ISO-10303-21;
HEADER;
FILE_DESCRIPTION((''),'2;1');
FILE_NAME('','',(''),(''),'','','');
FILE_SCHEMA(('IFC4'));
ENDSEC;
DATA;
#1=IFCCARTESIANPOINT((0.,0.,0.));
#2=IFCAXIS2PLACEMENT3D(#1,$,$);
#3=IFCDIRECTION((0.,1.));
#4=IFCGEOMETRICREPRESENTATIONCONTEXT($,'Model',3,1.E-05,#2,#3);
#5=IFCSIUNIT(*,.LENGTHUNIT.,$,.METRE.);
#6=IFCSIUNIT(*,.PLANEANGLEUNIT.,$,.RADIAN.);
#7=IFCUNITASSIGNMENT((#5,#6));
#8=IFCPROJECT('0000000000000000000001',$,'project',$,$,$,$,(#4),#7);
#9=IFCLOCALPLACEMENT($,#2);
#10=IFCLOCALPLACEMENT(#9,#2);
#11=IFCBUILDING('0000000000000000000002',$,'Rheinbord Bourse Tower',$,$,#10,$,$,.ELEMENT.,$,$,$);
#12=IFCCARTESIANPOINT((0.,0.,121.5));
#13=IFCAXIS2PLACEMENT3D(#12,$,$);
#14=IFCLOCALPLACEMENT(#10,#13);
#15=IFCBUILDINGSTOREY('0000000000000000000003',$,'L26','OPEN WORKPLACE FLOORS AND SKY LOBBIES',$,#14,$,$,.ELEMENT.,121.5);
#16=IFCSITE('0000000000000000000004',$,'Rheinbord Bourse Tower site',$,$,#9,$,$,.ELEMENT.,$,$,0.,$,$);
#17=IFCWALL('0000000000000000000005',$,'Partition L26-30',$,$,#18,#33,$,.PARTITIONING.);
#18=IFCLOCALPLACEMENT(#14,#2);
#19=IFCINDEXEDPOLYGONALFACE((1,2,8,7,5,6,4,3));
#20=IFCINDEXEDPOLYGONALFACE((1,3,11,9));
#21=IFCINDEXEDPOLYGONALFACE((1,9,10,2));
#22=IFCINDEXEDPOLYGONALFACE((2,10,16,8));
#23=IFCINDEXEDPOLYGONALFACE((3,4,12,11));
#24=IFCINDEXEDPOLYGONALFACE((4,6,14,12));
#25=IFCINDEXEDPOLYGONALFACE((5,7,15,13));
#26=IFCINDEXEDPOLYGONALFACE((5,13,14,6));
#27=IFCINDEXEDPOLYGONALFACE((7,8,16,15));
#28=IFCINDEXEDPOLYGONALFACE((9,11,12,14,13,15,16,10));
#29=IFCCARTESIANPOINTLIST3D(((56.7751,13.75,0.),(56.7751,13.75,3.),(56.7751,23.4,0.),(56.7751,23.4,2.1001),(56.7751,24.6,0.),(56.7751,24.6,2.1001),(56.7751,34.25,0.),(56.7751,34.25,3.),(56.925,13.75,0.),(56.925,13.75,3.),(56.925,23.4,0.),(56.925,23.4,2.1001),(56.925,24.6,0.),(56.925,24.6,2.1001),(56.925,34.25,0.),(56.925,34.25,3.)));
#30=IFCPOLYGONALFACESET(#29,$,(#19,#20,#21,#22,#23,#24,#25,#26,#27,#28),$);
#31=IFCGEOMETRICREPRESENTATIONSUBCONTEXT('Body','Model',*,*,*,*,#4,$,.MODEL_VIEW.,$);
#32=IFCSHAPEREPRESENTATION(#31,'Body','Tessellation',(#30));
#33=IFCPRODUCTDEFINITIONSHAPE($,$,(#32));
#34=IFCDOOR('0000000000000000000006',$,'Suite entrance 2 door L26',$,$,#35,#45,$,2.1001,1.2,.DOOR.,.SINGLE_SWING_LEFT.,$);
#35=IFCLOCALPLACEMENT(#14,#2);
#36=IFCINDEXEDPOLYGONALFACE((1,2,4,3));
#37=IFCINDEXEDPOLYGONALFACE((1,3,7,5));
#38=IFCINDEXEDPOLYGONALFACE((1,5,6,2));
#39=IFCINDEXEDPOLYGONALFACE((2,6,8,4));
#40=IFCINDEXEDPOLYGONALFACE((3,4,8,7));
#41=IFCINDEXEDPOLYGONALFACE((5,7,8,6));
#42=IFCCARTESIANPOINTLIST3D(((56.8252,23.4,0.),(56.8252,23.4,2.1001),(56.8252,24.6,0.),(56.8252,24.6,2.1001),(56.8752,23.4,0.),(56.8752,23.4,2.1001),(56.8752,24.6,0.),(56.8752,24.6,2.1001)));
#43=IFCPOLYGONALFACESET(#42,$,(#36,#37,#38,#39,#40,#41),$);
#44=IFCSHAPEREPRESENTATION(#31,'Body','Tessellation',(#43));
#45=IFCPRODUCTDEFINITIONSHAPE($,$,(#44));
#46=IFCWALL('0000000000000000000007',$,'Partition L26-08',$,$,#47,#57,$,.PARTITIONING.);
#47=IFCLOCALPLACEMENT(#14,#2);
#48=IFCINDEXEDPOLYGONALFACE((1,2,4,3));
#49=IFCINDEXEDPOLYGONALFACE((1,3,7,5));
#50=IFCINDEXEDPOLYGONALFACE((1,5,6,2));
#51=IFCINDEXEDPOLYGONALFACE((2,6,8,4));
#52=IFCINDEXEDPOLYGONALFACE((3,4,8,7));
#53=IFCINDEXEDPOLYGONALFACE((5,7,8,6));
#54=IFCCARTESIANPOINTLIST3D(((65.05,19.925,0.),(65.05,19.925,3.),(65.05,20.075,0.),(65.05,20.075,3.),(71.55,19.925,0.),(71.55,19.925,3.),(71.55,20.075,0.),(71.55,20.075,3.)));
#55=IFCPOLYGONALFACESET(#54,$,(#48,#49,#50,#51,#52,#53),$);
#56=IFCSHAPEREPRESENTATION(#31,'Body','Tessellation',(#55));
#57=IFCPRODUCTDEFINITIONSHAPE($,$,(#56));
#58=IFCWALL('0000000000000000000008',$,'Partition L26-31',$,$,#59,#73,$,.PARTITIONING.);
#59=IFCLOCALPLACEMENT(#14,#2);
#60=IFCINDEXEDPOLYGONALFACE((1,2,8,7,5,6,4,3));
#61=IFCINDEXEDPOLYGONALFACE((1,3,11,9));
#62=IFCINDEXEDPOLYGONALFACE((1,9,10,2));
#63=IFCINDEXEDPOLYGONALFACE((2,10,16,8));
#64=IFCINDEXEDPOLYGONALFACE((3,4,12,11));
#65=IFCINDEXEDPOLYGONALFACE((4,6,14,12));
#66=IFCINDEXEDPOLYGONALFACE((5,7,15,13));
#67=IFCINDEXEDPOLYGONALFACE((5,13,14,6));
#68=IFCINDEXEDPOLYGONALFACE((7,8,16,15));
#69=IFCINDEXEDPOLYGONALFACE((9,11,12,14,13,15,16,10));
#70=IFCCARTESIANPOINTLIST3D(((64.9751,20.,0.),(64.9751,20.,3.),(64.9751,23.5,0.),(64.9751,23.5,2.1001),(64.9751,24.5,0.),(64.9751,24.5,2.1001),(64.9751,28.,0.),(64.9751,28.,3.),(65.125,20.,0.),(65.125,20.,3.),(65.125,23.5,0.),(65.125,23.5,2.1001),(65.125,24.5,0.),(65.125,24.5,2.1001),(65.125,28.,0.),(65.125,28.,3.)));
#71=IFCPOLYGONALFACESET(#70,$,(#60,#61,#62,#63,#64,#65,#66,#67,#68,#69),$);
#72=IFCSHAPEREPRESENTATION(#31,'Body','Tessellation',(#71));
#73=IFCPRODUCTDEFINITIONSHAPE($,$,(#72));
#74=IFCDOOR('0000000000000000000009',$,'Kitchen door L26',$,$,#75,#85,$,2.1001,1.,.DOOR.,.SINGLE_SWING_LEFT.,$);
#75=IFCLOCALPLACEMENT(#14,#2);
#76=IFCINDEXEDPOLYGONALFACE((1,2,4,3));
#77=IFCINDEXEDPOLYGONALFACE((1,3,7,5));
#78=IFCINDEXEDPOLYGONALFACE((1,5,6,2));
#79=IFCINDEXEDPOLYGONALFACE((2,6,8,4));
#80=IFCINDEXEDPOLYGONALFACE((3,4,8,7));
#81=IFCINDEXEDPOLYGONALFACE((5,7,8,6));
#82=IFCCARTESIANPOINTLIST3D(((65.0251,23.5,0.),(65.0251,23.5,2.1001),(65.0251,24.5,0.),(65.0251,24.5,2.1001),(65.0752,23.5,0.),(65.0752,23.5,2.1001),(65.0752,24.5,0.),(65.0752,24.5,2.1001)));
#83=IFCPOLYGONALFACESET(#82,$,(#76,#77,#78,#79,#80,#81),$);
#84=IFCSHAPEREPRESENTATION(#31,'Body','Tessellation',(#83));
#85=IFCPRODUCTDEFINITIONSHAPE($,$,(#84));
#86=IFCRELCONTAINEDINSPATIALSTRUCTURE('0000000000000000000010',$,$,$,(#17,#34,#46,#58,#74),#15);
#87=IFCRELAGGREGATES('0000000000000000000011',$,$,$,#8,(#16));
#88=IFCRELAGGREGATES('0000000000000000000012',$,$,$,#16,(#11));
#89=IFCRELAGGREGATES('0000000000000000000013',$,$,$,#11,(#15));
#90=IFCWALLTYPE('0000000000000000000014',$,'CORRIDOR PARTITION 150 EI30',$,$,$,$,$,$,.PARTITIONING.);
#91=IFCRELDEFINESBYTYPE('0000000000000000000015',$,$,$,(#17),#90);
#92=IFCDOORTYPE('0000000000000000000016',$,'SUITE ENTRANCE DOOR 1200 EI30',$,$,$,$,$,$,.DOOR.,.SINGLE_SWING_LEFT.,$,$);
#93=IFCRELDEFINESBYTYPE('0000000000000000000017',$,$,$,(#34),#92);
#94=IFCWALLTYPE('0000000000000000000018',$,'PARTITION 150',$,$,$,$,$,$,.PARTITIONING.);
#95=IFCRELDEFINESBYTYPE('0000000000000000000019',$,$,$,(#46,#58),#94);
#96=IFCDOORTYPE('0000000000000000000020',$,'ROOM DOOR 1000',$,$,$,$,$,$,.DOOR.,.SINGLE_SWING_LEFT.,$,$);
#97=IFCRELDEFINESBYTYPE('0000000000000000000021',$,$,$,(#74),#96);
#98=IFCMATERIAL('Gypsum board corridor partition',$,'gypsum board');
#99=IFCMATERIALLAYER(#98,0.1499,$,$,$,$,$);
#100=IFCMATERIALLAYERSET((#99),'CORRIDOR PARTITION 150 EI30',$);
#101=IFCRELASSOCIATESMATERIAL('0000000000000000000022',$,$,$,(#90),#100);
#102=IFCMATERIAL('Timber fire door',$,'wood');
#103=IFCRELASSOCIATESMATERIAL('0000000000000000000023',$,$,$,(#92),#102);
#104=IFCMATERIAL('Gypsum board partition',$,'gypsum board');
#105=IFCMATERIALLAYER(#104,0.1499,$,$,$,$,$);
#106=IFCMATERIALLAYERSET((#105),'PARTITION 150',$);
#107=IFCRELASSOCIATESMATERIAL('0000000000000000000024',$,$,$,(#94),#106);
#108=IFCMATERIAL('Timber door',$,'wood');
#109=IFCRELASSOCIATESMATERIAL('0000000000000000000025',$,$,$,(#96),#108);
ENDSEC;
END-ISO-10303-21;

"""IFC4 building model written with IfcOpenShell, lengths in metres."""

from ifc_helpers import new_model, si_unit, direction, frame, frame_2d, origin, place, context, subcontext, project, spatial, rectangle, extrude, material, layer, layer_set, type_object, element, fill, save


model = new_model("IFC4")

# Units and contexts
model_context = context("Model", 3, precision=1e-05, world=origin(), true_north=direction((0.0, 1.0)))
body_context = subcontext(model_context, "Body", "Model", "MODEL_VIEW")
ifc_project = project(units=[si_unit("LENGTHUNIT", "METRE"), si_unit("PLANEANGLEUNIT", "RADIAN")], contexts=[model_context])

# Site, building, storey
site_placement = place(None, origin())
site = spatial("IfcSite", under=ifc_project, at=site_placement, Name="Rheinbord Bourse Tower site", CompositionType="ELEMENT", RefElevation=0.0)
building_placement = place(site_placement, origin())
building = spatial("IfcBuilding", under=site, at=building_placement, Name="Rheinbord Bourse Tower", CompositionType="ELEMENT")
storey_placement = place(building_placement, frame((0.0, 0.0, 121.5)))
storey = spatial("IfcBuildingStorey", under=building, at=storey_placement, Name="L26", Description="OPEN WORKPLACE FLOORS AND SKY LOBBIES", CompositionType="ELEMENT", Elevation=121.5)

# Wall, opening, door
ifc_material_1 = material(Name="Gypsum board corridor partition", Category="gypsum board")
ifc_layer_1 = layer(ifc_material_1, 0.1499)
ifc_layer_set_1 = layer_set([ifc_layer_1], Name="CORRIDOR PARTITION 150 EI30")
wall_type_1 = type_object("IfcWallType", Name="CORRIDOR PARTITION 150 EI30", PredefinedType="PARTITIONING", material=ifc_layer_set_1)
wall_1_placement = place(storey_placement, frame((56.8501, 13.75, 0.0), z_axis=(0.0, 0.0, 1.0), x_axis=(0.0, 1.0, 0.0)))
wall_1 = element("IfcWall", 1, at=wall_1_placement, inside=storey, type_object=wall_type_1, Name="Partition L26-30", PredefinedType="PARTITIONING", context=body_context, shape_type="SweptSolid", body=[
    extrude(rectangle(XDim=20.5, YDim=0.1499, at=frame_2d((10.25, 0.0))), origin(), (0.0, 0.0, 1.0), 3.0),
])
opening_1_placement = place(wall_1_placement, frame((9.6499, 0.0, 0.0)))
opening_1 = element("IfcOpeningElement", 2, at=opening_1_placement, cuts=wall_1, PredefinedType="OPENING", context=body_context, shape_type="SweptSolid", body=[
    extrude(rectangle(XDim=1.2, YDim=2.1001, at=frame_2d((0.6001, 1.05))), frame((0.0, 0.085, 0.0), z_axis=(0.0, -1.0, 0.0), x_axis=(1.0, 0.0, 0.0)), (0.0, 0.0, 1.0), 0.1699),
])
ifc_material_2 = material(Name="Timber fire door", Category="wood")
door_type_1 = type_object("IfcDoorType", Name="SUITE ENTRANCE DOOR 1200 EI30", OperationType="SINGLE_SWING_LEFT", PredefinedType="DOOR", material=ifc_material_2)
door_1_placement = place(opening_1_placement, origin())
door_1 = element("IfcDoor", 3, at=door_1_placement, inside=storey, type_object=door_type_1, Name="Suite entrance 2 door L26", OperationType="SINGLE_SWING_LEFT", OverallHeight=2.1001, OverallWidth=1.2, PredefinedType="DOOR", context=body_context, shape_type="SweptSolid", body=[
    extrude(rectangle(XDim=1.2, YDim=2.1001, at=frame_2d((0.6001, 1.05))), frame((0.0, 0.0249, 0.0), z_axis=(0.0, -1.0, 0.0), x_axis=(1.0, 0.0, 0.0)), (0.0, 0.0, 1.0), 0.05),
])
fill(opening_1, door_1)

# Wall
ifc_material_3 = material(Name="Gypsum board partition", Category="gypsum board")
ifc_layer_2 = layer(ifc_material_3, 0.1499)
ifc_layer_set_2 = layer_set([ifc_layer_2], Name="PARTITION 150")
wall_type_2 = type_object("IfcWallType", Name="PARTITION 150", PredefinedType="PARTITIONING", material=ifc_layer_set_2)
wall_2_placement = place(storey_placement, frame((65.05, 20.0, 0.0), z_axis=(0.0, 0.0, 1.0), x_axis=(1.0, 0.0, 0.0)))
element("IfcWall", 4, at=wall_2_placement, inside=storey, type_object=wall_type_2, Name="Partition L26-08", PredefinedType="PARTITIONING", context=body_context, shape_type="SweptSolid", body=[
    extrude(rectangle(XDim=6.5, YDim=0.1499, at=frame_2d((3.25, 0.0))), origin(), (0.0, 0.0, 1.0), 3.0),
])

# Wall, opening, door
wall_3_placement = place(storey_placement, frame((65.05, 20.0, 0.0), z_axis=(0.0, 0.0, 1.0), x_axis=(0.0, 1.0, 0.0)))
wall_3 = element("IfcWall", 5, at=wall_3_placement, inside=storey, type_object=wall_type_2, Name="Partition L26-31", PredefinedType="PARTITIONING", context=body_context, shape_type="SweptSolid", body=[
    extrude(rectangle(XDim=8.0, YDim=0.1499, at=frame_2d((4.0, 0.0))), origin(), (0.0, 0.0, 1.0), 3.0),
])
opening_2_placement = place(wall_3_placement, frame((3.5, 0.0, 0.0)))
opening_2 = element("IfcOpeningElement", 6, at=opening_2_placement, cuts=wall_3, PredefinedType="OPENING", context=body_context, shape_type="SweptSolid", body=[
    extrude(rectangle(XDim=1.0, YDim=2.1001, at=frame_2d((0.5, 1.05))), frame((0.0, 0.085, 0.0), z_axis=(0.0, -1.0, 0.0), x_axis=(1.0, 0.0, 0.0)), (0.0, 0.0, 1.0), 0.1699),
])
ifc_material_4 = material(Name="Timber door", Category="wood")
door_type_2 = type_object("IfcDoorType", Name="ROOM DOOR 1000", OperationType="SINGLE_SWING_LEFT", PredefinedType="DOOR", material=ifc_material_4)
door_2_placement = place(opening_2_placement, origin())
door_2 = element("IfcDoor", 7, at=door_2_placement, inside=storey, type_object=door_type_2, Name="Kitchen door L26", OperationType="SINGLE_SWING_LEFT", OverallHeight=2.1001, OverallWidth=1.0, PredefinedType="DOOR", context=body_context, shape_type="SweptSolid", body=[
    extrude(rectangle(XDim=1.0, YDim=2.1001, at=frame_2d((0.5, 1.05))), frame((0.0, 0.0249, 0.0), z_axis=(0.0, -1.0, 0.0), x_axis=(1.0, 0.0, 0.0)), (0.0, 0.0, 1.0), 0.05),
])
fill(opening_2, door_2)

save(model, "model.ifc")
